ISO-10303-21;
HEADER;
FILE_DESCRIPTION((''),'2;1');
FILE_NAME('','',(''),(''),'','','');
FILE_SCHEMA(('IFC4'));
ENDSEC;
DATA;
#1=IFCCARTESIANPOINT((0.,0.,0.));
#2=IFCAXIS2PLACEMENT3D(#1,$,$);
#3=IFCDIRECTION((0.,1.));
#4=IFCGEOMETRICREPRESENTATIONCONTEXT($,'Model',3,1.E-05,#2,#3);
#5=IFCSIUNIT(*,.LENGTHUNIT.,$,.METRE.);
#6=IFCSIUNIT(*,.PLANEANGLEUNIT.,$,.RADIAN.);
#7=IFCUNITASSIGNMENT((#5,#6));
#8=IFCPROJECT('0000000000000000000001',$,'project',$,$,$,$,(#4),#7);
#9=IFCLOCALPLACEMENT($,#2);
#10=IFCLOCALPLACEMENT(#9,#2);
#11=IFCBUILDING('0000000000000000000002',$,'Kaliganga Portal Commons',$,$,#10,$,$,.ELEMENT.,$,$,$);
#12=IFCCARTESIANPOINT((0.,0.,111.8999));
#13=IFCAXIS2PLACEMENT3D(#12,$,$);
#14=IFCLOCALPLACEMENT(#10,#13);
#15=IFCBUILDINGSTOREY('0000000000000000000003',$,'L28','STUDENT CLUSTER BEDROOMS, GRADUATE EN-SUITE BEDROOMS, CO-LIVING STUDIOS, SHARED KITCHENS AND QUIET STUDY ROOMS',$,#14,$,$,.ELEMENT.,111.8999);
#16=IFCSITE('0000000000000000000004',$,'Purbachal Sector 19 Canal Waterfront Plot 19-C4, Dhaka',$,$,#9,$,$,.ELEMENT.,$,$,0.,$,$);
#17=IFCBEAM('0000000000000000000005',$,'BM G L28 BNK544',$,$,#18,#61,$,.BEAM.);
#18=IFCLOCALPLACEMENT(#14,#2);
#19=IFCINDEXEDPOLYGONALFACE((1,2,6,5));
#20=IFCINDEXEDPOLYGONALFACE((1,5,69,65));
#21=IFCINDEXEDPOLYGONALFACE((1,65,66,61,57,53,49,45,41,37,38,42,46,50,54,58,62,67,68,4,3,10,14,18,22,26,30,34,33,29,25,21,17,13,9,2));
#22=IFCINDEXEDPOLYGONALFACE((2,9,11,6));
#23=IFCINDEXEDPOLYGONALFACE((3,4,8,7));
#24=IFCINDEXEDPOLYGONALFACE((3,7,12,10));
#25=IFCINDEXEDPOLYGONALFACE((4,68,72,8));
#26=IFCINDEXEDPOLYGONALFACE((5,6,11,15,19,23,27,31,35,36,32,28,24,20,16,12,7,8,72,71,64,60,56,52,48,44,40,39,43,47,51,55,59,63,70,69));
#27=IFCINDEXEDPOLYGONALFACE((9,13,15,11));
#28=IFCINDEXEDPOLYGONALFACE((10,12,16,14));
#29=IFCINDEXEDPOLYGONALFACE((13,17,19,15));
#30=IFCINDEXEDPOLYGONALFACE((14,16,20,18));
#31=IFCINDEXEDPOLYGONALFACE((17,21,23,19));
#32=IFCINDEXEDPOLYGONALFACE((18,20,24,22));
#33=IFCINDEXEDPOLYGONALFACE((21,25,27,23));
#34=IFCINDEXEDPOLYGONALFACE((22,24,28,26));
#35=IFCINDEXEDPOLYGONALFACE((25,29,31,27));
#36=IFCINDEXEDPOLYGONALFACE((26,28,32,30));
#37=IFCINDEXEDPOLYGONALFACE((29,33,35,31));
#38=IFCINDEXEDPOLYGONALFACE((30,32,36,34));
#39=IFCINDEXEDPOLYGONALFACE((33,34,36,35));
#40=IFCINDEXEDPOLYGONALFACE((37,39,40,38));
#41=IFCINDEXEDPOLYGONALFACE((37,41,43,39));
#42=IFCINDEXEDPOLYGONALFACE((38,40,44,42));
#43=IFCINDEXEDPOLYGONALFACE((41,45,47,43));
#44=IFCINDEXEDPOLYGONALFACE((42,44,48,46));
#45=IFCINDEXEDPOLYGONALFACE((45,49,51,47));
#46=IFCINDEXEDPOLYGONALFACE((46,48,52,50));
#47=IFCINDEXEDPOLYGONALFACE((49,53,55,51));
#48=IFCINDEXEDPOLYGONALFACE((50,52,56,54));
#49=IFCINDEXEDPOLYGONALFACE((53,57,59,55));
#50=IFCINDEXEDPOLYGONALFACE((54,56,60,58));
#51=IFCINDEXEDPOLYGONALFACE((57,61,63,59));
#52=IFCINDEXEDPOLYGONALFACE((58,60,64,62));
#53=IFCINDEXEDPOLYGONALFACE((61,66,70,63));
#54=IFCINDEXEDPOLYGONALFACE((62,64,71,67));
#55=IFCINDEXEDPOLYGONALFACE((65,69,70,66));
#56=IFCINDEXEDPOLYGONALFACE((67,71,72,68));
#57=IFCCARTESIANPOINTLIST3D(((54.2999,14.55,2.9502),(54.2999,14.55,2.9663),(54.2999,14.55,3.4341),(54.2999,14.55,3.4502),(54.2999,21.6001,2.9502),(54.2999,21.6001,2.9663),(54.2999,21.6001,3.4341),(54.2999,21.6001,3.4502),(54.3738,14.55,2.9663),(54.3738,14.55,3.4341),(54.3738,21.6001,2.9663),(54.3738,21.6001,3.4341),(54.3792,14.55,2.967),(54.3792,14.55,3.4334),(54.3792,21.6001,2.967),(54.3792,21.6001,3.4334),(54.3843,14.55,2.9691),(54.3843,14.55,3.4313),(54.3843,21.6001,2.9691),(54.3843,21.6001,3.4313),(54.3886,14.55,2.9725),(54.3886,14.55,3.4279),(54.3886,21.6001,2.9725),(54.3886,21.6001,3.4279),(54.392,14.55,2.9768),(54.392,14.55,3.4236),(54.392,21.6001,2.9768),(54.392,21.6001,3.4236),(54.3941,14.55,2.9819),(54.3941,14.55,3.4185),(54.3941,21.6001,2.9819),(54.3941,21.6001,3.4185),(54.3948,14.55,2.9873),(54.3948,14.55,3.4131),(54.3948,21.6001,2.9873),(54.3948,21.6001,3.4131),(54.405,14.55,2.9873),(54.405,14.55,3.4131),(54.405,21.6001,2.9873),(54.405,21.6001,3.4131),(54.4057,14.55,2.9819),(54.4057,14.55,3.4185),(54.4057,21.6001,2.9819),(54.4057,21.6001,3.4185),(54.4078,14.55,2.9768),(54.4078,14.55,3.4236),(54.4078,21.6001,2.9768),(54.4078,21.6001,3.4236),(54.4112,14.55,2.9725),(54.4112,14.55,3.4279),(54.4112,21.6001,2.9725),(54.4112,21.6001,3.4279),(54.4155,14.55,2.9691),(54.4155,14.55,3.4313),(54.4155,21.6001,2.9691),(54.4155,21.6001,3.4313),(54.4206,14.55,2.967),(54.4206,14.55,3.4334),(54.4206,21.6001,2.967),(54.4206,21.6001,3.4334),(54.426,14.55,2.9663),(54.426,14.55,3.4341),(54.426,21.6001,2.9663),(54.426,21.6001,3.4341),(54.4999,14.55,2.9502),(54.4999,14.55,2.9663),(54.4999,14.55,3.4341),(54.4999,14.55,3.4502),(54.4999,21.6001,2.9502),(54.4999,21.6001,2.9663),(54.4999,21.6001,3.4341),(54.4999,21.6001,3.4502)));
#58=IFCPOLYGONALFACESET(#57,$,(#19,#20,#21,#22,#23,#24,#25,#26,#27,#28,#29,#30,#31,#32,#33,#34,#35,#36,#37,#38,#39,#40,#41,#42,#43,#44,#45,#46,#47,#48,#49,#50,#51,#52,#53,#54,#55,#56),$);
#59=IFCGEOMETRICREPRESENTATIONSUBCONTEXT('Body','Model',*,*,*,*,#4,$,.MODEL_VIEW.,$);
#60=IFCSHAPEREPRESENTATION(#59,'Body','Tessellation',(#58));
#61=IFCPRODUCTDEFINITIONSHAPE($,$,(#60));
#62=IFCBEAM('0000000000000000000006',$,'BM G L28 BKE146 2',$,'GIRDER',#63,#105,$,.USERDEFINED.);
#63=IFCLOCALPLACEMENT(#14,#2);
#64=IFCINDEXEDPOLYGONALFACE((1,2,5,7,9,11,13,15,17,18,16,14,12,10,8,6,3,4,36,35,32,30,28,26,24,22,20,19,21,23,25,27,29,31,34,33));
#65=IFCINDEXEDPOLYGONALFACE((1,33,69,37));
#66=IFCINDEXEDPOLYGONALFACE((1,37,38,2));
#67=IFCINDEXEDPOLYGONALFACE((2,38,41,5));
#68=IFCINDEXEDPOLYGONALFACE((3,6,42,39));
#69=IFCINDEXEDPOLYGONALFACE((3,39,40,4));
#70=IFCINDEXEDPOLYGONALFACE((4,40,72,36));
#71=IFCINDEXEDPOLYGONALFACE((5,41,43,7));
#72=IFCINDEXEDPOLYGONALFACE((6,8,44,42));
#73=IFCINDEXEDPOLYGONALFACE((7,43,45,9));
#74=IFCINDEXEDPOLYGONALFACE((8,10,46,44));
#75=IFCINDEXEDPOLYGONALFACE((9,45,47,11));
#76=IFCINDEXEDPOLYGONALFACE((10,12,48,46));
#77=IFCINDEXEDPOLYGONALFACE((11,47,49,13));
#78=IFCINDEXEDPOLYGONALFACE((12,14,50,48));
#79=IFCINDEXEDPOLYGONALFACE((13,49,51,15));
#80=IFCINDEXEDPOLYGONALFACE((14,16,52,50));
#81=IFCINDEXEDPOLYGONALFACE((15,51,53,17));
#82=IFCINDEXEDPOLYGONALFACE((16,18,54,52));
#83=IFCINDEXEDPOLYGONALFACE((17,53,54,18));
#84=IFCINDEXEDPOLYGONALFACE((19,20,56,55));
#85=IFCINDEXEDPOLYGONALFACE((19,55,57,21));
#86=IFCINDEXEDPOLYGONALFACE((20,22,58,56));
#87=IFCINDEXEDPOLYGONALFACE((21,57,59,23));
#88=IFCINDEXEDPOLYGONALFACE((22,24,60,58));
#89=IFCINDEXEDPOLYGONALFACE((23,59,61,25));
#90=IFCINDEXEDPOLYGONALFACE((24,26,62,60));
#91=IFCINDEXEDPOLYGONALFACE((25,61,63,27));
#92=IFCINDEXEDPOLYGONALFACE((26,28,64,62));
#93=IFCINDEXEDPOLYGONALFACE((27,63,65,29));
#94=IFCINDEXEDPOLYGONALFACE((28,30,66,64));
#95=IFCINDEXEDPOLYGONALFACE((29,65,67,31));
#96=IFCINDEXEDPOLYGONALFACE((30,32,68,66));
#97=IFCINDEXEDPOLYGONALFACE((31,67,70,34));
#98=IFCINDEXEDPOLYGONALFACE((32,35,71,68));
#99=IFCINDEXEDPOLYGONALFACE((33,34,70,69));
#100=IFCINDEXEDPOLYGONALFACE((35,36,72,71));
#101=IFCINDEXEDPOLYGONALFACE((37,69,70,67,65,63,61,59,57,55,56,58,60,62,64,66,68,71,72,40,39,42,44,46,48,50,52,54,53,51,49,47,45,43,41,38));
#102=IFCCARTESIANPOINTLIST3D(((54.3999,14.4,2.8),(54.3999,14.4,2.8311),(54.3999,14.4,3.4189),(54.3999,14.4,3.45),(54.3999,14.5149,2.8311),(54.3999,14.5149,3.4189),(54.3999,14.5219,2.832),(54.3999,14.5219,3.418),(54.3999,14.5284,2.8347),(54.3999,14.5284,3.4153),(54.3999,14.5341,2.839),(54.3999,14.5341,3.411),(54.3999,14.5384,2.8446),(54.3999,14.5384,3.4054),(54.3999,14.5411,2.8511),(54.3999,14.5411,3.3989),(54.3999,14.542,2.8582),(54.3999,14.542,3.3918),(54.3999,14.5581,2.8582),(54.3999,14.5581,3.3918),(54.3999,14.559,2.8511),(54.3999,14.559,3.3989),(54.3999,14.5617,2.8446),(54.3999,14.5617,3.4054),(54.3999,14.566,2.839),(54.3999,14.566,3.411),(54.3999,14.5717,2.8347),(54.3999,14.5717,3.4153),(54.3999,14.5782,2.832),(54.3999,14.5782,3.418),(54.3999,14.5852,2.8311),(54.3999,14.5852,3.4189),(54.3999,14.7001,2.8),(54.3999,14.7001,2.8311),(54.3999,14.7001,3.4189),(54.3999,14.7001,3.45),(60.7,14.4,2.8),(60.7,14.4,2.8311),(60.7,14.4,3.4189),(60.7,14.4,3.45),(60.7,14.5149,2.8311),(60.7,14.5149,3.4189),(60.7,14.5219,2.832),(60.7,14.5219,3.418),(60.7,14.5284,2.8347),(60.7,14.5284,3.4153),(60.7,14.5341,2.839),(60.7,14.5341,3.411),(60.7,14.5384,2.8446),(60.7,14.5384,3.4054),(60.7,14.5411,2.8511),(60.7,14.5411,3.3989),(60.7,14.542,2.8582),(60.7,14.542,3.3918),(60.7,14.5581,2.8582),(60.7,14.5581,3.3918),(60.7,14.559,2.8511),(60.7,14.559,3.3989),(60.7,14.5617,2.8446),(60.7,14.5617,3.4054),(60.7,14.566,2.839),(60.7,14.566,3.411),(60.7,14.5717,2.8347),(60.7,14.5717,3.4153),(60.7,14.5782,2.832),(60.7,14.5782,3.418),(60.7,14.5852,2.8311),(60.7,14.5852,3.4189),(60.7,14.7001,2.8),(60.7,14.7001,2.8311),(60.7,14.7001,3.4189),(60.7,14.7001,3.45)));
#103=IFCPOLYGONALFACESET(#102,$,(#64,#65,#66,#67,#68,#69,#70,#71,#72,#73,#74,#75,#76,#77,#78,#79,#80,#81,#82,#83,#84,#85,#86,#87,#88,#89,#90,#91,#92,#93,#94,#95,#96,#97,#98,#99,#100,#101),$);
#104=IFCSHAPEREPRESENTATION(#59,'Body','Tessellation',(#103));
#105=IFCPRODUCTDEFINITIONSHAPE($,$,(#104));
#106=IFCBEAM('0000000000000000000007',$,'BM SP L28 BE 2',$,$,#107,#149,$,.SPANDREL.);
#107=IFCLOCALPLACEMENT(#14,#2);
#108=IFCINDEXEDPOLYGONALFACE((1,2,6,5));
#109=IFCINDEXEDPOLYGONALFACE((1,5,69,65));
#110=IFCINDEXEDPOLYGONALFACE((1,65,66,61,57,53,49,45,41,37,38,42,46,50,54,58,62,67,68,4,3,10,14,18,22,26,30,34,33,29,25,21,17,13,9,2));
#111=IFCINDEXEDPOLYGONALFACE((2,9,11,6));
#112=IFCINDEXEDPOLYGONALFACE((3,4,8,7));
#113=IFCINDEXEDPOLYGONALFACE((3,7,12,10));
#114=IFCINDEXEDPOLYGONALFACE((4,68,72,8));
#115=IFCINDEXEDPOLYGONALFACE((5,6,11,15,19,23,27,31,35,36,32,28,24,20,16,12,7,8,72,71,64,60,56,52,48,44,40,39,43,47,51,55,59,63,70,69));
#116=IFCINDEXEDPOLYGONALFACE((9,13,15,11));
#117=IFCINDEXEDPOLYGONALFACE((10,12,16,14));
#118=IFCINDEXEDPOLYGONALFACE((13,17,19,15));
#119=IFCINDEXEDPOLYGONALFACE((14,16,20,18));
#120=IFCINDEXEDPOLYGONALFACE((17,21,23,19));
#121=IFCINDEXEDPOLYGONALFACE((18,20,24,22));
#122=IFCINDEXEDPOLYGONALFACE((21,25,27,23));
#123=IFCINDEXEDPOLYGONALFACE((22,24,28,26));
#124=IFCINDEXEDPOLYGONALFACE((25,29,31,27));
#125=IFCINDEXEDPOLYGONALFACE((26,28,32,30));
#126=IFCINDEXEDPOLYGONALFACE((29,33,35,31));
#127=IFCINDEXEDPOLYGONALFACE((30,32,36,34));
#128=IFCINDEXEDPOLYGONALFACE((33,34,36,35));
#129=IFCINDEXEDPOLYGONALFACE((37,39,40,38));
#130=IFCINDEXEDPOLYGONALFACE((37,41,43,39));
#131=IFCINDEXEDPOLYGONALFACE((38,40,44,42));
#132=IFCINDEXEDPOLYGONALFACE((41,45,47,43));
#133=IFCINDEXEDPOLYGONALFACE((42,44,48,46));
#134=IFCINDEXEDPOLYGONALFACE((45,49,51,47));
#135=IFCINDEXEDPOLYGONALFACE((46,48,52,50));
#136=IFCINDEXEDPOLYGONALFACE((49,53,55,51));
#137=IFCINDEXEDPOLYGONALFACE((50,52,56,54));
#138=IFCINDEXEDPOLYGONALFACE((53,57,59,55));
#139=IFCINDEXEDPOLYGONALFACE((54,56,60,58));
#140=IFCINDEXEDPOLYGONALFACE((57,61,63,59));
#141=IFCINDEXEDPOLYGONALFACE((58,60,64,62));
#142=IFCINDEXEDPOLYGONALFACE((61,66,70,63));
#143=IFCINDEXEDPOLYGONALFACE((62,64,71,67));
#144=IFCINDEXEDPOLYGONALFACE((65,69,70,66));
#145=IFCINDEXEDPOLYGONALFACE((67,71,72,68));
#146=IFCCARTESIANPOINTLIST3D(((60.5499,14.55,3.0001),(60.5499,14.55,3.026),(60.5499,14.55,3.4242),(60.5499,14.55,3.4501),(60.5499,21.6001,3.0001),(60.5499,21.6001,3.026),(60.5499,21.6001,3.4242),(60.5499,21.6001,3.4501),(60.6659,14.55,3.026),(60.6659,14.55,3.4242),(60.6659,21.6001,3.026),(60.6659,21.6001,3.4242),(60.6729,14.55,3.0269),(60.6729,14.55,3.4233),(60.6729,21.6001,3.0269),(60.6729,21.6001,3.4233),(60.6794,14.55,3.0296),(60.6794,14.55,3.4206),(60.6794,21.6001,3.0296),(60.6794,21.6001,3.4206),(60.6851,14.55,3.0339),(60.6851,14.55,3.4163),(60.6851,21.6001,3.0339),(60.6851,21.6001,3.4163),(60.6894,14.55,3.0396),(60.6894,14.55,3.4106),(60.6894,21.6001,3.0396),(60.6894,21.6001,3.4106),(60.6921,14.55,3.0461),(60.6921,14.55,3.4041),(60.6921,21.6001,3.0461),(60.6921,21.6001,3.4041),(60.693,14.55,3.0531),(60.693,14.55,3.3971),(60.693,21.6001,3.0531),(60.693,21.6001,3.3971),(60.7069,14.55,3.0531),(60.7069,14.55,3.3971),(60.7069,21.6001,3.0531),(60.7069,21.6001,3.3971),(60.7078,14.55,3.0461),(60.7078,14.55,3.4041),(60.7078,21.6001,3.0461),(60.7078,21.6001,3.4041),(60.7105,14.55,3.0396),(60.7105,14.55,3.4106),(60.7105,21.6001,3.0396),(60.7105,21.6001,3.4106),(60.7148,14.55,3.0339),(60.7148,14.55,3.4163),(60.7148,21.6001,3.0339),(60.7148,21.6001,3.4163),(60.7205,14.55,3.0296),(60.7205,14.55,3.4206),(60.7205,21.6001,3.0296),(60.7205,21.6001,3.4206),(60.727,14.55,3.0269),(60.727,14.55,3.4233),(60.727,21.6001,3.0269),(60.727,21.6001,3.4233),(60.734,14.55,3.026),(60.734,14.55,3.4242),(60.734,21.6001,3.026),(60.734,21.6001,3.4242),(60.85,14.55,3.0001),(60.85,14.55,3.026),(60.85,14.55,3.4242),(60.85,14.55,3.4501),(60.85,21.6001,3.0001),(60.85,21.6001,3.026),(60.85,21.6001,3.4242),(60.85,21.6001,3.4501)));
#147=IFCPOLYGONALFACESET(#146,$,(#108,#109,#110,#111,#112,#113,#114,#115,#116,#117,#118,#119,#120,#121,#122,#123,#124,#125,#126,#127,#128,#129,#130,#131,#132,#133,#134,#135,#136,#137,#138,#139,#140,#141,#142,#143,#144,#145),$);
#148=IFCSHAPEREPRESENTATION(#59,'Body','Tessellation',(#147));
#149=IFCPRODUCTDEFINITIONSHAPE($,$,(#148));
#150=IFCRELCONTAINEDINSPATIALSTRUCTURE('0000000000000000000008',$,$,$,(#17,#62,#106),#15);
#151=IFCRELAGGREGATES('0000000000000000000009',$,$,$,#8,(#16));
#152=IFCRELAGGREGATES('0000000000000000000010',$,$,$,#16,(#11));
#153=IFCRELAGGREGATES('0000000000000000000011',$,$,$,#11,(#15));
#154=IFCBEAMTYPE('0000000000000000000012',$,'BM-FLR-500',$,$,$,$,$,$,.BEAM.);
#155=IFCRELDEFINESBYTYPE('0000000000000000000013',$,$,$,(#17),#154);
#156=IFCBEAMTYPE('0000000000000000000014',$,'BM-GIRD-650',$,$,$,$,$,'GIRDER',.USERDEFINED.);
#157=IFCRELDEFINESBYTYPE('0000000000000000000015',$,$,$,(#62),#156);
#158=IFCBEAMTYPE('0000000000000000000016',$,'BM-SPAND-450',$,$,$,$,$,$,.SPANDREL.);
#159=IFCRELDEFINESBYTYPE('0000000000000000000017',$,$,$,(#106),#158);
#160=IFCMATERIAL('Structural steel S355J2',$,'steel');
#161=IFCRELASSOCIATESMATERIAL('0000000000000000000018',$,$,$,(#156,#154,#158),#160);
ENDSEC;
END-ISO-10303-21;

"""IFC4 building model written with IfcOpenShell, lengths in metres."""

from ifc_helpers import new_model, si_unit, direction, frame, origin, origin_2d, place, context, subcontext, project, spatial, i_section, extrude, source, transform, mapped, material, material_profile, profile_set, type_object, element, save


model = new_model("IFC4")

# Units and contexts
model_context = context("Model", 3, precision=1e-05, world=origin(), true_north=direction((0.0, 1.0)))
body_context = subcontext(model_context, "Body", "Model", "MODEL_VIEW")
ifc_project = project(units=[si_unit("LENGTHUNIT", "METRE"), si_unit("PLANEANGLEUNIT", "RADIAN")], contexts=[model_context])

# Site, building, storey
site_placement = place(None, origin())
site = spatial("IfcSite", under=ifc_project, at=site_placement, Name="Purbachal Sector 19 Canal Waterfront Plot 19-C4, Dhaka", CompositionType="ELEMENT", RefElevation=0.0)
building_placement = place(site_placement, origin())
building = spatial("IfcBuilding", under=site, at=building_placement, Name="Kaliganga Portal Commons", CompositionType="ELEMENT")
storey_placement = place(building_placement, frame((0.0, 0.0, 111.8999)))
storey = spatial("IfcBuildingStorey", under=building, at=storey_placement, Name="L28", Description="STUDENT CLUSTER BEDROOMS, GRADUATE EN-SUITE BEDROOMS, CO-LIVING STUDIOS, SHARED KITCHENS AND QUIET STUDY ROOMS", CompositionType="ELEMENT", Elevation=111.8999)

# Beams
ifc_material_1 = material(Name="Structural steel S355J2", Category="steel")
ifc_material_profile_1 = material_profile(ifc_material_1, i_section(OverallWidth=0.3, OverallDepth=0.6499, WebThickness=0.0161, FlangeThickness=0.031, FilletRadius=0.0271, at=origin_2d()), Name="HE 650 B")
ifc_profile_set_1 = profile_set([ifc_material_profile_1], Name="Structural steel S355J2 wide-flange")
beam_type_1 = type_object("IfcBeamType", Name="BM-GIRD-650", ElementType="GIRDER", PredefinedType="USERDEFINED", material=ifc_profile_set_1)
ifc_material_profile_2 = material_profile(ifc_material_1, i_section(OverallWidth=0.2, OverallDepth=0.5, WebThickness=0.0103, FlangeThickness=0.0161, FilletRadius=0.021, at=origin_2d()), Name="IPE 500")
ifc_profile_set_2 = profile_set([ifc_material_profile_2], Name="Structural steel S355J2 wide-flange")
beam_type_2 = type_object("IfcBeamType", Name="BM-FLR-500", PredefinedType="BEAM", material=ifc_profile_set_2)
shared_shape_1 = source(origin(), body_context, "Body", "SweptSolid", [
    extrude(i_section(OverallWidth=0.2, OverallDepth=0.5, WebThickness=0.0103, FlangeThickness=0.0161, FilletRadius=0.021, at=origin_2d()), origin(), (0.0, 0.0, 1.0), 7.05),
])
for number, where, z_axis, x_axis, name in (
    (1, (54.3999, 14.55, 3.2002), (0.0, 1.0, 0.0), (-1.0, 0.0, 0.0), "BM G L28 BNK544"),
):
    element("IfcBeam", number, at=place(storey_placement, frame(where, z_axis=z_axis, x_axis=x_axis)), inside=storey, type_object=beam_type_2, Name=name, PredefinedType="BEAM", context=body_context, shape_type="MappedRepresentation", body=[
        mapped(shared_shape_1, transform((0.0, 0.0, 0.0), x_axis=(1.0, 0.0, 0.0), y_axis=(0.0, 1.0, 0.0), z_axis=(0.0, 0.0, 1.0), scale=1.0)),
    ])
shared_shape_2 = source(origin(), body_context, "Body", "SweptSolid", [
    extrude(i_section(OverallWidth=0.3, OverallDepth=0.6499, WebThickness=0.0161, FlangeThickness=0.031, FilletRadius=0.0271, at=origin_2d()), origin(), (0.0, 0.0, 1.0), 6.3),
])
beam_1_placement = place(storey_placement, frame((54.3999, 14.55, 3.125), z_axis=(1.0, 0.0, 0.0), x_axis=(0.0, 1.0, 0.0)))
element("IfcBeam", 2, at=beam_1_placement, inside=storey, type_object=beam_type_1, Name="BM G L28 BKE146 2", ObjectType="GIRDER", PredefinedType="USERDEFINED", context=body_context, shape_type="MappedRepresentation", body=[
    mapped(shared_shape_2, transform((0.0, 0.0, 0.0), x_axis=(1.0, 0.0, 0.0), y_axis=(0.0, 1.0, 0.0), z_axis=(0.0, 0.0, 1.0), scale=1.0)),
])
ifc_material_profile_3 = material_profile(ifc_material_1, i_section(OverallWidth=0.3, OverallDepth=0.45, WebThickness=0.0139, FlangeThickness=0.0259, FilletRadius=0.0271, at=origin_2d()), Name="HE 450 B")
ifc_profile_set_3 = profile_set([ifc_material_profile_3], Name="Structural steel S355J2 wide-flange")
beam_type_3 = type_object("IfcBeamType", Name="BM-SPAND-450", PredefinedType="SPANDREL", material=ifc_profile_set_3)
shared_shape_3 = source(origin(), body_context, "Body", "SweptSolid", [
    extrude(i_section(OverallWidth=0.3, OverallDepth=0.45, WebThickness=0.0139, FlangeThickness=0.0259, FilletRadius=0.0271, at=origin_2d()), origin(), (0.0, 0.0, 1.0), 7.05),
])
beam_2_placement = place(storey_placement, frame((60.7, 14.55, 3.2251), z_axis=(0.0, 1.0, 0.0), x_axis=(-1.0, 0.0, 0.0)))
element("IfcBeam", 3, at=beam_2_placement, inside=storey, type_object=beam_type_3, Name="BM SP L28 BE 2", PredefinedType="SPANDREL", context=body_context, shape_type="MappedRepresentation", body=[
    mapped(shared_shape_3, transform((0.0, 0.0, 0.0), x_axis=(1.0, 0.0, 0.0), y_axis=(0.0, 1.0, 0.0), z_axis=(0.0, 0.0, 1.0), scale=1.0)),
])

save(model, "model.ifc")
